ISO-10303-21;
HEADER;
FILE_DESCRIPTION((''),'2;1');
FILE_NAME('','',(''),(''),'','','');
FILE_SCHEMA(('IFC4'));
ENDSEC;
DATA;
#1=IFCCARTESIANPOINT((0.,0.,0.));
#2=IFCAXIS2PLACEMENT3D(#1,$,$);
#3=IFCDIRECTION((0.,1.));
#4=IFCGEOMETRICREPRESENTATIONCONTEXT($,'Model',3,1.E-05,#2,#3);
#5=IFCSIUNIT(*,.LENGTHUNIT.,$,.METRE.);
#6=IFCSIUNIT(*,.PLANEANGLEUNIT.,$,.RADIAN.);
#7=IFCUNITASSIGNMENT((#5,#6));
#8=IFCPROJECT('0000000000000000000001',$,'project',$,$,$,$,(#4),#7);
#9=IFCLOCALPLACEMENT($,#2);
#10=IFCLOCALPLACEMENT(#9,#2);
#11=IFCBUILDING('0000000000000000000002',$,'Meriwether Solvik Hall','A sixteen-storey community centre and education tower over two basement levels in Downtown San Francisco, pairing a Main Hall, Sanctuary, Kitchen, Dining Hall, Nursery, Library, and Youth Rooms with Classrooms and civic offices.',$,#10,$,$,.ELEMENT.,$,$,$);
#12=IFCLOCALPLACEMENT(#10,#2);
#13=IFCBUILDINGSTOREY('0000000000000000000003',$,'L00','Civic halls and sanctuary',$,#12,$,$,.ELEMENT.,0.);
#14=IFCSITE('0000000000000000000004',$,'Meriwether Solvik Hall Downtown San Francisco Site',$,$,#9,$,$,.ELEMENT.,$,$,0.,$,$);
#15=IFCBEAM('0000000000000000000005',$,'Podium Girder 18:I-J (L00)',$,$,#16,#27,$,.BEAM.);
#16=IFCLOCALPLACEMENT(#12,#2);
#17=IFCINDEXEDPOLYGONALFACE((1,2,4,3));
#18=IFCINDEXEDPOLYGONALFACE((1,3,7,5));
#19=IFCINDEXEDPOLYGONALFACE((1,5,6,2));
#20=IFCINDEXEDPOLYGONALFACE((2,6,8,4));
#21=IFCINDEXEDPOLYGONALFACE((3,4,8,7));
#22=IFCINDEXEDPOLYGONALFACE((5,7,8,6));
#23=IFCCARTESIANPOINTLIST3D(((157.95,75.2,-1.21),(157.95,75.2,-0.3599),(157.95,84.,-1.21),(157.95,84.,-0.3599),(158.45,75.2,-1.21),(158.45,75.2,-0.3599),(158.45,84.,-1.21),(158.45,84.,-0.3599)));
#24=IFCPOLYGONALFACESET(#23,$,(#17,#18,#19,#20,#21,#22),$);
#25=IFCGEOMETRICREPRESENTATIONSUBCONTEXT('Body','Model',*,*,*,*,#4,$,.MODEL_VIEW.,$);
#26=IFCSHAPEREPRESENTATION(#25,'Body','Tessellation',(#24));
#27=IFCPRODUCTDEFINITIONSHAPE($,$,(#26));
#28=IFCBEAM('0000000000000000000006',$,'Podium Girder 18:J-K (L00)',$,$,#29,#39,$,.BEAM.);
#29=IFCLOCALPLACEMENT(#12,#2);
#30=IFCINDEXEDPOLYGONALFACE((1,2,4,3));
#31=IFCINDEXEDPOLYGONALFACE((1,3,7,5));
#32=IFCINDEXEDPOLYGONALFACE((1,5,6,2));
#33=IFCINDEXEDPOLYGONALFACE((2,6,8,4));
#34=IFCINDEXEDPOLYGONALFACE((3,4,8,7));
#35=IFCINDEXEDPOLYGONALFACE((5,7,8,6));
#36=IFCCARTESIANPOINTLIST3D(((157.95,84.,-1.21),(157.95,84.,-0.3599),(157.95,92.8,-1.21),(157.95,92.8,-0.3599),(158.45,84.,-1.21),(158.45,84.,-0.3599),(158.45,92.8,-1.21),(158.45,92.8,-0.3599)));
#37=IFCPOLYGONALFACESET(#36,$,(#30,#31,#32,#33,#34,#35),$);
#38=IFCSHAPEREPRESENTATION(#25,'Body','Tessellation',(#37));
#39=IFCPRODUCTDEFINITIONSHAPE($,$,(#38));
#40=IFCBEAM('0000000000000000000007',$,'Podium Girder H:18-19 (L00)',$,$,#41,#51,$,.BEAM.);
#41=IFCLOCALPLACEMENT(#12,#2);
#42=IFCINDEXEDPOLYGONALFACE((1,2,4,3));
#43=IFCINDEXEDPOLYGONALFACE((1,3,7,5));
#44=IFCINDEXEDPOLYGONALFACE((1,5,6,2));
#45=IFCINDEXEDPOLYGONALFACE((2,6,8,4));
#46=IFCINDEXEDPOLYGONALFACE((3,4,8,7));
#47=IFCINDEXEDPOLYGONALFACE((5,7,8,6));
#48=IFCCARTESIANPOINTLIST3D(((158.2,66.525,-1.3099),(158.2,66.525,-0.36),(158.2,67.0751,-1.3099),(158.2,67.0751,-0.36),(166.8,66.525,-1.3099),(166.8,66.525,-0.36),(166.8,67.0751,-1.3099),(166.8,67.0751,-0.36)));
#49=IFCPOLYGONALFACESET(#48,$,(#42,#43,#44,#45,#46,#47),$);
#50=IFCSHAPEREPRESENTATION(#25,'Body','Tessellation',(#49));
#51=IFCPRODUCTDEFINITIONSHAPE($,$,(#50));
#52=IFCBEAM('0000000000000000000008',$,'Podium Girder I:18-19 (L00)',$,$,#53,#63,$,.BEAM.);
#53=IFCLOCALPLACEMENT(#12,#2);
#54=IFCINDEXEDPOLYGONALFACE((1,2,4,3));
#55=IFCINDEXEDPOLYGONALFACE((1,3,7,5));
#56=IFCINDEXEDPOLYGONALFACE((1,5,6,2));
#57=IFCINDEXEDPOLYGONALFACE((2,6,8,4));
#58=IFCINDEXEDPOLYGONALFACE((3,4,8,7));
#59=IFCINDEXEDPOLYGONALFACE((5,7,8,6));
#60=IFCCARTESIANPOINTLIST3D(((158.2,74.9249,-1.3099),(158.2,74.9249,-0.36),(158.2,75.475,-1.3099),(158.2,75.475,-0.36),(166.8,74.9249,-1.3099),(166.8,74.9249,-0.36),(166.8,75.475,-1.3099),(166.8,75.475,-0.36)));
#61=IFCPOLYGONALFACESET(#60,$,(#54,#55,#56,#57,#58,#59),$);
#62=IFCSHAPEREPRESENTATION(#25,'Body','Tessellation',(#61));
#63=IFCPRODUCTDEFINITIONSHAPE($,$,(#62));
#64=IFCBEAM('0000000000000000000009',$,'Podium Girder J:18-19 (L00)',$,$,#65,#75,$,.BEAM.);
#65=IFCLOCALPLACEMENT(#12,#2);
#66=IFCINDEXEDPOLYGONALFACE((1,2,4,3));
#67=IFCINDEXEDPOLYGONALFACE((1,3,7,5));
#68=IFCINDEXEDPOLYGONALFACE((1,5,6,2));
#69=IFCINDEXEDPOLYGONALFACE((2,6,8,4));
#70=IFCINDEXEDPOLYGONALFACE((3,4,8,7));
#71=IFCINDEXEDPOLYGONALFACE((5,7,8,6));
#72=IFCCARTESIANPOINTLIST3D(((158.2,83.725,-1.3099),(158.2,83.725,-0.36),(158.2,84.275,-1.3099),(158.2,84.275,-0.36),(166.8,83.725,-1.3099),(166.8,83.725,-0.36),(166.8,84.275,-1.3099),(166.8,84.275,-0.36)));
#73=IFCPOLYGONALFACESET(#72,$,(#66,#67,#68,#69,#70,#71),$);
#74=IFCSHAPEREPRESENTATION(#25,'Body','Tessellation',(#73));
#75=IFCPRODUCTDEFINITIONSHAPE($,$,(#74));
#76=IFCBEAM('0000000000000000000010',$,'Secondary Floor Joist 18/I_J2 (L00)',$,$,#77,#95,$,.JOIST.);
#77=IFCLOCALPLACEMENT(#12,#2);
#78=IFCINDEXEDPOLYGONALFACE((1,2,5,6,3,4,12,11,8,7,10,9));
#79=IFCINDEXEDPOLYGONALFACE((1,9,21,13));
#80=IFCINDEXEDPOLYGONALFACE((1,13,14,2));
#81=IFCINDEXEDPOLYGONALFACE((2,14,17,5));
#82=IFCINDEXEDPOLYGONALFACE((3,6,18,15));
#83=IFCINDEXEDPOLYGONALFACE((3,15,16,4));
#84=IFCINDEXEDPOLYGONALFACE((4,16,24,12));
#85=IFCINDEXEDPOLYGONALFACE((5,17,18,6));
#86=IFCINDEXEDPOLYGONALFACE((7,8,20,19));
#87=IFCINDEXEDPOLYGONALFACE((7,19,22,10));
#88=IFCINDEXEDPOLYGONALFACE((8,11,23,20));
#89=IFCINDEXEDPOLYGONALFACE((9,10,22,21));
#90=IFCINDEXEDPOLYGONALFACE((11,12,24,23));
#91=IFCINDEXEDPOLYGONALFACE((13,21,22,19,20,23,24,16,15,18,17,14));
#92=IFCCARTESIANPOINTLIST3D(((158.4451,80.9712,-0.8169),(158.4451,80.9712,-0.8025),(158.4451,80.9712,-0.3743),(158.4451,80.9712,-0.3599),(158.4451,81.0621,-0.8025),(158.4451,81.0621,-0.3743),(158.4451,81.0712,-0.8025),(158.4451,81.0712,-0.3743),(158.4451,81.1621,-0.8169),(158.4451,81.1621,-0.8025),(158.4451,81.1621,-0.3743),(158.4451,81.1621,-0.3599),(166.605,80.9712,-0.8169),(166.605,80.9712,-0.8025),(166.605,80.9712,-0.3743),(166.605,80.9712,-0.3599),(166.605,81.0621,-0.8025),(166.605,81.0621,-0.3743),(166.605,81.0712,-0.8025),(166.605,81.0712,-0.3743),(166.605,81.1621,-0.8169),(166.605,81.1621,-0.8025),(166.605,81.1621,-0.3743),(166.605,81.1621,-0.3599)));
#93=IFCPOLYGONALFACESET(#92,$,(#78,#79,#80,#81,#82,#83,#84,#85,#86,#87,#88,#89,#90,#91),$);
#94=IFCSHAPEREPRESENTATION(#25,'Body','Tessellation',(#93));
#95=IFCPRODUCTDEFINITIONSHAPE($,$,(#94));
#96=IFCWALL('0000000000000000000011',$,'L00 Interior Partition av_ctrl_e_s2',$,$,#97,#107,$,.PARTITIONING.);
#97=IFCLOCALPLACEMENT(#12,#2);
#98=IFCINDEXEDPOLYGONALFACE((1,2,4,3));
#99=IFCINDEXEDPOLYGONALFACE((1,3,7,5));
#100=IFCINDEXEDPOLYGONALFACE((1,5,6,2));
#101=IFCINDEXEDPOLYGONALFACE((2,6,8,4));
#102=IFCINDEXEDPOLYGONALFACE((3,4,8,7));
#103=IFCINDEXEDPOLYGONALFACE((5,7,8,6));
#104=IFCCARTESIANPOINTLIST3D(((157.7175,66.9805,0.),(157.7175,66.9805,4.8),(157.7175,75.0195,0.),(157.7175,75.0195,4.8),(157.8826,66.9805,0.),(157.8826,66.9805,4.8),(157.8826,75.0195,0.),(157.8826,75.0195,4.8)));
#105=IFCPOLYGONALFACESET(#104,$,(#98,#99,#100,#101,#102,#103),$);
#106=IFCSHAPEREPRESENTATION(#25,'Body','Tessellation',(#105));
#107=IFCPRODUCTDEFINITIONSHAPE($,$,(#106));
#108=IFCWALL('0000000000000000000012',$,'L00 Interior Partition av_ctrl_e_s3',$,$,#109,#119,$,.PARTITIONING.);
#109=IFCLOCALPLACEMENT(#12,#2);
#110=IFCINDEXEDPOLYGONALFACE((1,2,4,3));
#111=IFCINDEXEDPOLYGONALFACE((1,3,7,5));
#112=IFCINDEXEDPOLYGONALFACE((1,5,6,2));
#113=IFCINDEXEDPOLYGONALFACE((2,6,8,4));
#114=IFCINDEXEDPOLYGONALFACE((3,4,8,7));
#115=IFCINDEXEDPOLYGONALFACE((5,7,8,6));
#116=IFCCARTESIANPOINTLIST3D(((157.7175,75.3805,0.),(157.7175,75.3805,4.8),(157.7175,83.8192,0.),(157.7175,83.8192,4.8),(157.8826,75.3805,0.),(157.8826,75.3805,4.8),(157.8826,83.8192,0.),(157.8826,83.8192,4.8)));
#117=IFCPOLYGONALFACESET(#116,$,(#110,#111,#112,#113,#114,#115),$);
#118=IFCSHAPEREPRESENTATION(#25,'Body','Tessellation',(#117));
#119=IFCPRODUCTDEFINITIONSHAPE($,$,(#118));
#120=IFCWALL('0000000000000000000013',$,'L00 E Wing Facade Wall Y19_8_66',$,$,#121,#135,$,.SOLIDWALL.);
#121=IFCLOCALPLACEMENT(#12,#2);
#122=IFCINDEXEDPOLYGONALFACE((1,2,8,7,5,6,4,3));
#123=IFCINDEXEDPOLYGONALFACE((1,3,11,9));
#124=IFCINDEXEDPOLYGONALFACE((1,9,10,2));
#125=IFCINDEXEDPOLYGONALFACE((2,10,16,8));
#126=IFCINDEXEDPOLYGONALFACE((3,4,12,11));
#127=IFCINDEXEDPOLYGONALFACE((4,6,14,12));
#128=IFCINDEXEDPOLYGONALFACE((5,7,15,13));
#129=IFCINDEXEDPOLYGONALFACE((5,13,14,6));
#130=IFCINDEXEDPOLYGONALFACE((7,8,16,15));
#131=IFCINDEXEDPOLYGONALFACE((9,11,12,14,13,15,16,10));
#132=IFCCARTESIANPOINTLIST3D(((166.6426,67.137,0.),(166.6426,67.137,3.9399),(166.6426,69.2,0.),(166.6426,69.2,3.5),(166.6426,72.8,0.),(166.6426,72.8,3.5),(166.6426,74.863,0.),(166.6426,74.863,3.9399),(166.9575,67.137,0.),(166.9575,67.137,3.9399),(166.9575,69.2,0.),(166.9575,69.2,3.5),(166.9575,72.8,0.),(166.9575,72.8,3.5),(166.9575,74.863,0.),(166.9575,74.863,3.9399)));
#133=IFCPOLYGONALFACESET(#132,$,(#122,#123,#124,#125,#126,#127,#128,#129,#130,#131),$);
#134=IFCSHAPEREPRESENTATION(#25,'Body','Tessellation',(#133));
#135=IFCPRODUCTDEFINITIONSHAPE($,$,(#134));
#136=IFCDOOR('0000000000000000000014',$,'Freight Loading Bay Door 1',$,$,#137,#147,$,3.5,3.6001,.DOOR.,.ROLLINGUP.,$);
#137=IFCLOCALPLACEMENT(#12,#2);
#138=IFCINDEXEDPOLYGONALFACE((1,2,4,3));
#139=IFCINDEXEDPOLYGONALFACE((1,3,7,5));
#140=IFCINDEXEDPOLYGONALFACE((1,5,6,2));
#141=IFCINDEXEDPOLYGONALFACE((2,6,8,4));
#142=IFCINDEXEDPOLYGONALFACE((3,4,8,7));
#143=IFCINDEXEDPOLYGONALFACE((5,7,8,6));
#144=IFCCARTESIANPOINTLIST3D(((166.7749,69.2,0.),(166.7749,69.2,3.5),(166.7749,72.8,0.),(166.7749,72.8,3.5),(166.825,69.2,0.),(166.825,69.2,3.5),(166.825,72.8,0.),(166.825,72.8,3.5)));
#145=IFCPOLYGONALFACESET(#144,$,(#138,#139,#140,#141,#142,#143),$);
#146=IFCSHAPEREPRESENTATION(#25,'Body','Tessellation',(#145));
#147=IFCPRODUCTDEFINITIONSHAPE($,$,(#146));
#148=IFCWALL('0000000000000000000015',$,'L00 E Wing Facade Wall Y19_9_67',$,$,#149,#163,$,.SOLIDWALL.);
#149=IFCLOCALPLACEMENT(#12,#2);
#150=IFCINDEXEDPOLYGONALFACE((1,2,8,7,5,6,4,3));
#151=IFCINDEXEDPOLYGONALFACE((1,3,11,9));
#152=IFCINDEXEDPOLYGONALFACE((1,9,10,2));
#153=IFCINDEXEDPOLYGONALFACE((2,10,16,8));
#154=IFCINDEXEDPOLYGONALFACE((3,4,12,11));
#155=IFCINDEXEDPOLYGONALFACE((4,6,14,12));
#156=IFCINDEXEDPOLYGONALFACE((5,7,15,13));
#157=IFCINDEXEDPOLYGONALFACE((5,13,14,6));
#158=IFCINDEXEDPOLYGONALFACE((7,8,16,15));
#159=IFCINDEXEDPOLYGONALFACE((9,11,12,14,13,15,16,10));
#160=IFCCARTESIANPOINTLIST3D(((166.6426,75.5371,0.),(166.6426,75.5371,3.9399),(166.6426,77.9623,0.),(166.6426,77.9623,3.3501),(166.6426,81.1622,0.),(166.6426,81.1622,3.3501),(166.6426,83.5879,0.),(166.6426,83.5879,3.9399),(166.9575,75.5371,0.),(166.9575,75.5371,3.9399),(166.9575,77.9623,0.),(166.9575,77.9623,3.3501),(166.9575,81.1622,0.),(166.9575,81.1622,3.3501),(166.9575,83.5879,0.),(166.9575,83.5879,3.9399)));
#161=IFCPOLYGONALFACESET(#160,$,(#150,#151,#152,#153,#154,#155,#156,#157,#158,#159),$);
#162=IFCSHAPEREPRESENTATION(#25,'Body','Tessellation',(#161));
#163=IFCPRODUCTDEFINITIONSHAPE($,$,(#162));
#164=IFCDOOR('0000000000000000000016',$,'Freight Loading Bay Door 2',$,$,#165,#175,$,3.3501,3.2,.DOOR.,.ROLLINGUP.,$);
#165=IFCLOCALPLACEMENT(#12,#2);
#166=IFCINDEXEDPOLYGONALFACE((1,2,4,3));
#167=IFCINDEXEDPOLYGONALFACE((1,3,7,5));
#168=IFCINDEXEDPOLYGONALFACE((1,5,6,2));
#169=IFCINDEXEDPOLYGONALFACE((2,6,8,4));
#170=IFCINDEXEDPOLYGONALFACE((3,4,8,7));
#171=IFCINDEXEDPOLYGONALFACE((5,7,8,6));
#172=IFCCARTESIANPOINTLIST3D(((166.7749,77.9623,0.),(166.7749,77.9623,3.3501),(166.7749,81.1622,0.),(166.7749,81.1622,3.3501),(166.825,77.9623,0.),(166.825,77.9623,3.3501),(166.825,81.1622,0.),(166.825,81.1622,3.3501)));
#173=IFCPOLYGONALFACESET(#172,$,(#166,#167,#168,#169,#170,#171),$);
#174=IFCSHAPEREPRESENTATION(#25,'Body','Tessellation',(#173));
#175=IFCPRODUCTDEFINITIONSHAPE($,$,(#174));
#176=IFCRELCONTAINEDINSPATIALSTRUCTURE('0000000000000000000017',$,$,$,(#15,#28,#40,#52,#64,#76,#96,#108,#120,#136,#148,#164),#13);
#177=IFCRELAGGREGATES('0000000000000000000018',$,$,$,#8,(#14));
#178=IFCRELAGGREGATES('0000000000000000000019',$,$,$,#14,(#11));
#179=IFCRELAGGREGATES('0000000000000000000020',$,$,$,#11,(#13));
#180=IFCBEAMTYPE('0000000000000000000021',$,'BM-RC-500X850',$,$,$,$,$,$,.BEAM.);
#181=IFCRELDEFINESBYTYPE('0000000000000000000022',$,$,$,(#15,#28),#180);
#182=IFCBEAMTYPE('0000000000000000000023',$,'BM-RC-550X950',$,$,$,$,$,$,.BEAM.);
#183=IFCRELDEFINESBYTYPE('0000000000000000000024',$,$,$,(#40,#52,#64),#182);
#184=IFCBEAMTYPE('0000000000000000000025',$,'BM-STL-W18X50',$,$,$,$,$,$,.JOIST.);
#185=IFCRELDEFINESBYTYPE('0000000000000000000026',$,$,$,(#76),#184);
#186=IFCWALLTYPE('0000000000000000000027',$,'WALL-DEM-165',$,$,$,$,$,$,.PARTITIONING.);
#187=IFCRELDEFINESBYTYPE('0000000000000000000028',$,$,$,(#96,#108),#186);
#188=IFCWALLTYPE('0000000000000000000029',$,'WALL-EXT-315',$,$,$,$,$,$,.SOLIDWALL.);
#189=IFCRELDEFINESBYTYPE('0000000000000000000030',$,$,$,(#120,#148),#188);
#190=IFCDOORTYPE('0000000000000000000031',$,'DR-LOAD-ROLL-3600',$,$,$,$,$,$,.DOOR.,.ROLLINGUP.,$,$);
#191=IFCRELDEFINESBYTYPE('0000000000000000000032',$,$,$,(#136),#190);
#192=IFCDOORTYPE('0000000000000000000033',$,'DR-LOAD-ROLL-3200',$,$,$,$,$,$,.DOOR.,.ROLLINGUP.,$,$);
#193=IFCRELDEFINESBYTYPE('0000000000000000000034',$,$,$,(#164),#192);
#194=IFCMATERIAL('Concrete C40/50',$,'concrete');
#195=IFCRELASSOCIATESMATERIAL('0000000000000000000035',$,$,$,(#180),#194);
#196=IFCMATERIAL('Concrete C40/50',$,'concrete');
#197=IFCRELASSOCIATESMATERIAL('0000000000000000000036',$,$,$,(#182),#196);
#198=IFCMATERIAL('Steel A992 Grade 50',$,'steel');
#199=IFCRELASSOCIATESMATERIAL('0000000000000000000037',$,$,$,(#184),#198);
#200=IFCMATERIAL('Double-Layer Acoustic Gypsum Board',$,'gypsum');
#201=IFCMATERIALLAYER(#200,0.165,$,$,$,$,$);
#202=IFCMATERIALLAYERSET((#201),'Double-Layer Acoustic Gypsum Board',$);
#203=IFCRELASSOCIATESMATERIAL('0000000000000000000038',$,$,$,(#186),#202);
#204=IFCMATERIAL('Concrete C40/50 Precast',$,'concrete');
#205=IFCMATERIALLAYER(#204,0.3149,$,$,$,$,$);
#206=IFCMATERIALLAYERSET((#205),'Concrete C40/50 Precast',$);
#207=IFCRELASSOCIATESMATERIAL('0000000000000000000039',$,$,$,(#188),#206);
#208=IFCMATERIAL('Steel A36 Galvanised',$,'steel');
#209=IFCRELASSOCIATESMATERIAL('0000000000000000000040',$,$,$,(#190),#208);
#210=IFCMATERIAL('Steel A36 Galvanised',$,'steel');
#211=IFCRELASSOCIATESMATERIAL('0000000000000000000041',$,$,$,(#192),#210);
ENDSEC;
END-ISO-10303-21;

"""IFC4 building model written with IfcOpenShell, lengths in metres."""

from ifc_helpers import new_model, si_unit, direction, frame, frame_2d, origin, origin_2d, place, context, subcontext, project, spatial, rectangle, i_section, extrude, material, layer, layer_set, material_profile, profile_set, type_object, element, fill, save


model = new_model("IFC4")

# Units and contexts
model_context = context("Model", 3, precision=1e-05, world=origin(), true_north=direction((0.0, 1.0)))
body_context = subcontext(model_context, "Body", "Model", "MODEL_VIEW")
ifc_project = project(units=[si_unit("LENGTHUNIT", "METRE"), si_unit("PLANEANGLEUNIT", "RADIAN")], contexts=[model_context])

# Site, building, storey
site_placement = place(None, origin())
site = spatial("IfcSite", under=ifc_project, at=site_placement, Name="Meriwether Solvik Hall Downtown San Francisco Site", CompositionType="ELEMENT", RefElevation=0.0)
building_placement = place(site_placement, origin())
building = spatial("IfcBuilding", under=site, at=building_placement, Name="Meriwether Solvik Hall", Description="A sixteen-storey community centre and education tower over two basement levels in Downtown San Francisco, pairing a Main Hall, Sanctuary, Kitchen, Dining Hall, Nursery, Library, and Youth Rooms with Classrooms and civic offices.", CompositionType="ELEMENT")
storey_placement = place(building_placement, origin())
storey = spatial("IfcBuildingStorey", under=building, at=storey_placement, Name="L00", Description="Civic halls and sanctuary", CompositionType="ELEMENT", Elevation=0.0)

# Beams
ifc_material_1 = material(Name="Concrete C40/50", Category="concrete")
ifc_material_profile_1 = material_profile(ifc_material_1, rectangle(XDim=0.5, YDim=0.8501, at=origin_2d()), Name="RCB-500X850")
ifc_profile_set_1 = profile_set([ifc_material_profile_1], Name="Concrete C40/50")
beam_type_1 = type_object("IfcBeamType", Name="BM-RC-500X850", PredefinedType="BEAM", material=ifc_profile_set_1)
for number, where, z_axis, x_axis, name in (
    (1, (158.2, 75.2, -0.7849), (0.0, 1.0, 0.0), (-1.0, 0.0, 0.0), "Podium Girder 18:I-J (L00)"),
    (2, (158.2, 84.0, -0.7849), (0.0, 1.0, 0.0), (-1.0, 0.0, 0.0), "Podium Girder 18:J-K (L00)"),
):
    element("IfcBeam", number, at=place(storey_placement, frame(where, z_axis=z_axis, x_axis=x_axis)), inside=storey, type_object=beam_type_1, Name=name, PredefinedType="BEAM", context=body_context, shape_type="SweptSolid", body=[
        extrude(rectangle(XDim=0.5, YDim=0.8501, at=origin_2d()), origin(), (0.0, 0.0, 1.0), 8.8),
    ])
ifc_material_2 = material(Name="Concrete C40/50", Category="concrete")
ifc_material_profile_2 = material_profile(ifc_material_2, rectangle(XDim=0.55, YDim=0.95, at=origin_2d()), Name="RCB-550X950")
ifc_profile_set_2 = profile_set([ifc_material_profile_2], Name="Concrete C40/50")
beam_type_2 = type_object("IfcBeamType", Name="BM-RC-550X950", PredefinedType="BEAM", material=ifc_profile_set_2)
for number, where, z_axis, x_axis, name in (
    (3, (158.2, 66.8, -0.835), (1.0, 0.0, 0.0), (0.0, 1.0, 0.0), "Podium Girder H:18-19 (L00)"),
    (4, (158.2, 75.2, -0.835), (1.0, 0.0, 0.0), (0.0, 1.0, 0.0), "Podium Girder I:18-19 (L00)"),
    (5, (158.2, 84.0, -0.835), (1.0, 0.0, 0.0), (0.0, 1.0, 0.0), "Podium Girder J:18-19 (L00)"),
):
    element("IfcBeam", number, at=place(storey_placement, frame(where, z_axis=z_axis, x_axis=x_axis)), inside=storey, type_object=beam_type_2, Name=name, PredefinedType="BEAM", context=body_context, shape_type="SweptSolid", body=[
        extrude(rectangle(XDim=0.55, YDim=0.95, at=origin_2d()), origin(), (0.0, 0.0, 1.0), 8.6001),
    ])
ifc_material_3 = material(Name="Steel A992 Grade 50", Category="steel")
ifc_material_profile_3 = material_profile(ifc_material_3, i_section(OverallWidth=0.1909, OverallDepth=0.457, WebThickness=0.009, FlangeThickness=0.0144, at=origin_2d()), Name="W18X50")
ifc_profile_set_3 = profile_set([ifc_material_profile_3], Name="Steel A992 Grade 50")
beam_type_3 = type_object("IfcBeamType", Name="BM-STL-W18X50", PredefinedType="JOIST", material=ifc_profile_set_3)
beam_1_placement = place(storey_placement, frame((158.4451, 81.0667, -0.5884), z_axis=(1.0, 0.0, 0.0), x_axis=(0.0, 1.0, 0.0)))
element("IfcBeam", 6, at=beam_1_placement, inside=storey, type_object=beam_type_3, Name="Secondary Floor Joist 18/I_J2 (L00)", PredefinedType="JOIST", context=body_context, shape_type="SweptSolid", body=[
    extrude(i_section(OverallWidth=0.1909, OverallDepth=0.457, WebThickness=0.009, FlangeThickness=0.0144, at=origin_2d()), origin(), (0.0, 0.0, 1.0), 8.1599),
])

# Walls
ifc_material_4 = material(Name="Double-Layer Acoustic Gypsum Board", Category="gypsum")
ifc_layer_1 = layer(ifc_material_4, 0.165)
ifc_layer_set_1 = layer_set([ifc_layer_1], Name="Double-Layer Acoustic Gypsum Board")
wall_type_1 = type_object("IfcWallType", Name="WALL-DEM-165", PredefinedType="PARTITIONING", material=ifc_layer_set_1)
wall_1_placement = place(storey_placement, frame((157.8, 66.9805, 0.0), z_axis=(0.0, 0.0, 1.0), x_axis=(0.0, 1.0, 0.0)))
element("IfcWall", 7, at=wall_1_placement, inside=storey, type_object=wall_type_1, Name="L00 Interior Partition av_ctrl_e_s2", PredefinedType="PARTITIONING", context=body_context, shape_type="SweptSolid", body=[
    extrude(rectangle(XDim=8.0391, YDim=0.165, at=frame_2d((4.0195, 0.0))), origin(), (0.0, 0.0, 1.0), 4.8),
])
wall_2_placement = place(storey_placement, frame((157.8, 75.3806, 0.0), z_axis=(0.0, 0.0, 1.0), x_axis=(0.0, 1.0, 0.0)))
element("IfcWall", 8, at=wall_2_placement, inside=storey, type_object=wall_type_1, Name="L00 Interior Partition av_ctrl_e_s3", PredefinedType="PARTITIONING", context=body_context, shape_type="SweptSolid", body=[
    extrude(rectangle(XDim=8.4387, YDim=0.165, at=frame_2d((4.2192, 0.0))), origin(), (0.0, 0.0, 1.0), 4.8),
])

# Walls, openings, doors
ifc_material_5 = material(Name="Concrete C40/50 Precast", Category="concrete")
ifc_layer_2 = layer(ifc_material_5, 0.3149)
ifc_layer_set_2 = layer_set([ifc_layer_2], Name="Concrete C40/50 Precast")
wall_type_2 = type_object("IfcWallType", Name="WALL-EXT-315", PredefinedType="SOLIDWALL", material=ifc_layer_set_2)
wall_3_placement = place(storey_placement, frame((166.8, 74.863, 0.0), z_axis=(0.0, 0.0, 1.0), x_axis=(0.0, -1.0, 0.0)))
wall_3 = element("IfcWall", 9, at=wall_3_placement, inside=storey, type_object=wall_type_2, Name="L00 E Wing Facade Wall Y19_8_66", PredefinedType="SOLIDWALL", context=body_context, shape_type="SweptSolid", body=[
    extrude(rectangle(XDim=7.7261, YDim=0.3149, at=frame_2d((3.863, 0.0))), origin(), (0.0, 0.0, 1.0), 3.9399),
])
opening_1_placement = place(wall_3_placement, frame((2.063, 0.0, 0.0)))
opening_1 = element("IfcOpeningElement", 10, at=opening_1_placement, cuts=wall_3, PredefinedType="OPENING", context=body_context, shape_type="SweptSolid", body=[
    extrude(rectangle(XDim=3.6001, YDim=3.5, at=frame_2d((1.8, 1.75))), frame((0.0, 0.1694, 0.0), z_axis=(0.0, -1.0, 0.0), x_axis=(1.0, 0.0, 0.0)), (0.0, 0.0, 1.0), 0.3389),
])
ifc_material_6 = material(Name="Steel A36 Galvanised", Category="steel")
door_type_1 = type_object("IfcDoorType", Name="DR-LOAD-ROLL-3600", OperationType="ROLLINGUP", PredefinedType="DOOR", material=ifc_material_6)
door_1_placement = place(opening_1_placement, origin())
door_1 = element("IfcDoor", 11, at=door_1_placement, inside=storey, type_object=door_type_1, Name="Freight Loading Bay Door 1", OperationType="ROLLINGUP", OverallHeight=3.5, OverallWidth=3.6001, PredefinedType="DOOR", context=body_context, shape_type="SweptSolid", body=[
    extrude(rectangle(XDim=3.6001, YDim=3.5, at=frame_2d((1.8, 1.75))), frame((0.0, 0.0249, 0.0), z_axis=(0.0, -1.0, 0.0), x_axis=(1.0, 0.0, 0.0)), (0.0, 0.0, 1.0), 0.05),
])
fill(opening_1, door_1)
wall_4_placement = place(storey_placement, frame((166.8, 83.5879, 0.0), z_axis=(0.0, 0.0, 1.0), x_axis=(0.0, -1.0, 0.0)))
wall_4 = element("IfcWall", 12, at=wall_4_placement, inside=storey, type_object=wall_type_2, Name="L00 E Wing Facade Wall Y19_9_67", PredefinedType="SOLIDWALL", context=body_context, shape_type="SweptSolid", body=[
    extrude(rectangle(XDim=8.0508, YDim=0.3149, at=frame_2d((4.0254, 0.0))), origin(), (0.0, 0.0, 1.0), 3.9399),
])
opening_2_placement = place(wall_4_placement, frame((2.4255, 0.0, 0.0)))
opening_2 = element("IfcOpeningElement", 13, at=opening_2_placement, cuts=wall_4, PredefinedType="OPENING", context=body_context, shape_type="SweptSolid", body=[
    extrude(rectangle(XDim=3.2, YDim=3.3501, at=frame_2d((1.6001, 1.675))), frame((0.0, 0.1694, 0.0), z_axis=(0.0, -1.0, 0.0), x_axis=(1.0, 0.0, 0.0)), (0.0, 0.0, 1.0), 0.3389),
])
ifc_material_7 = material(Name="Steel A36 Galvanised", Category="steel")
door_type_2 = type_object("IfcDoorType", Name="DR-LOAD-ROLL-3200", OperationType="ROLLINGUP", PredefinedType="DOOR", material=ifc_material_7)
door_2_placement = place(opening_2_placement, origin())
door_2 = element("IfcDoor", 14, at=door_2_placement, inside=storey, type_object=door_type_2, Name="Freight Loading Bay Door 2", OperationType="ROLLINGUP", OverallHeight=3.3501, OverallWidth=3.2, PredefinedType="DOOR", context=body_context, shape_type="SweptSolid", body=[
    extrude(rectangle(XDim=3.2, YDim=3.3501, at=frame_2d((1.6001, 1.675))), frame((0.0, 0.0249, 0.0), z_axis=(0.0, -1.0, 0.0), x_axis=(1.0, 0.0, 0.0)), (0.0, 0.0, 1.0), 0.05),
])
fill(opening_2, door_2)

save(model, "model.ifc")
